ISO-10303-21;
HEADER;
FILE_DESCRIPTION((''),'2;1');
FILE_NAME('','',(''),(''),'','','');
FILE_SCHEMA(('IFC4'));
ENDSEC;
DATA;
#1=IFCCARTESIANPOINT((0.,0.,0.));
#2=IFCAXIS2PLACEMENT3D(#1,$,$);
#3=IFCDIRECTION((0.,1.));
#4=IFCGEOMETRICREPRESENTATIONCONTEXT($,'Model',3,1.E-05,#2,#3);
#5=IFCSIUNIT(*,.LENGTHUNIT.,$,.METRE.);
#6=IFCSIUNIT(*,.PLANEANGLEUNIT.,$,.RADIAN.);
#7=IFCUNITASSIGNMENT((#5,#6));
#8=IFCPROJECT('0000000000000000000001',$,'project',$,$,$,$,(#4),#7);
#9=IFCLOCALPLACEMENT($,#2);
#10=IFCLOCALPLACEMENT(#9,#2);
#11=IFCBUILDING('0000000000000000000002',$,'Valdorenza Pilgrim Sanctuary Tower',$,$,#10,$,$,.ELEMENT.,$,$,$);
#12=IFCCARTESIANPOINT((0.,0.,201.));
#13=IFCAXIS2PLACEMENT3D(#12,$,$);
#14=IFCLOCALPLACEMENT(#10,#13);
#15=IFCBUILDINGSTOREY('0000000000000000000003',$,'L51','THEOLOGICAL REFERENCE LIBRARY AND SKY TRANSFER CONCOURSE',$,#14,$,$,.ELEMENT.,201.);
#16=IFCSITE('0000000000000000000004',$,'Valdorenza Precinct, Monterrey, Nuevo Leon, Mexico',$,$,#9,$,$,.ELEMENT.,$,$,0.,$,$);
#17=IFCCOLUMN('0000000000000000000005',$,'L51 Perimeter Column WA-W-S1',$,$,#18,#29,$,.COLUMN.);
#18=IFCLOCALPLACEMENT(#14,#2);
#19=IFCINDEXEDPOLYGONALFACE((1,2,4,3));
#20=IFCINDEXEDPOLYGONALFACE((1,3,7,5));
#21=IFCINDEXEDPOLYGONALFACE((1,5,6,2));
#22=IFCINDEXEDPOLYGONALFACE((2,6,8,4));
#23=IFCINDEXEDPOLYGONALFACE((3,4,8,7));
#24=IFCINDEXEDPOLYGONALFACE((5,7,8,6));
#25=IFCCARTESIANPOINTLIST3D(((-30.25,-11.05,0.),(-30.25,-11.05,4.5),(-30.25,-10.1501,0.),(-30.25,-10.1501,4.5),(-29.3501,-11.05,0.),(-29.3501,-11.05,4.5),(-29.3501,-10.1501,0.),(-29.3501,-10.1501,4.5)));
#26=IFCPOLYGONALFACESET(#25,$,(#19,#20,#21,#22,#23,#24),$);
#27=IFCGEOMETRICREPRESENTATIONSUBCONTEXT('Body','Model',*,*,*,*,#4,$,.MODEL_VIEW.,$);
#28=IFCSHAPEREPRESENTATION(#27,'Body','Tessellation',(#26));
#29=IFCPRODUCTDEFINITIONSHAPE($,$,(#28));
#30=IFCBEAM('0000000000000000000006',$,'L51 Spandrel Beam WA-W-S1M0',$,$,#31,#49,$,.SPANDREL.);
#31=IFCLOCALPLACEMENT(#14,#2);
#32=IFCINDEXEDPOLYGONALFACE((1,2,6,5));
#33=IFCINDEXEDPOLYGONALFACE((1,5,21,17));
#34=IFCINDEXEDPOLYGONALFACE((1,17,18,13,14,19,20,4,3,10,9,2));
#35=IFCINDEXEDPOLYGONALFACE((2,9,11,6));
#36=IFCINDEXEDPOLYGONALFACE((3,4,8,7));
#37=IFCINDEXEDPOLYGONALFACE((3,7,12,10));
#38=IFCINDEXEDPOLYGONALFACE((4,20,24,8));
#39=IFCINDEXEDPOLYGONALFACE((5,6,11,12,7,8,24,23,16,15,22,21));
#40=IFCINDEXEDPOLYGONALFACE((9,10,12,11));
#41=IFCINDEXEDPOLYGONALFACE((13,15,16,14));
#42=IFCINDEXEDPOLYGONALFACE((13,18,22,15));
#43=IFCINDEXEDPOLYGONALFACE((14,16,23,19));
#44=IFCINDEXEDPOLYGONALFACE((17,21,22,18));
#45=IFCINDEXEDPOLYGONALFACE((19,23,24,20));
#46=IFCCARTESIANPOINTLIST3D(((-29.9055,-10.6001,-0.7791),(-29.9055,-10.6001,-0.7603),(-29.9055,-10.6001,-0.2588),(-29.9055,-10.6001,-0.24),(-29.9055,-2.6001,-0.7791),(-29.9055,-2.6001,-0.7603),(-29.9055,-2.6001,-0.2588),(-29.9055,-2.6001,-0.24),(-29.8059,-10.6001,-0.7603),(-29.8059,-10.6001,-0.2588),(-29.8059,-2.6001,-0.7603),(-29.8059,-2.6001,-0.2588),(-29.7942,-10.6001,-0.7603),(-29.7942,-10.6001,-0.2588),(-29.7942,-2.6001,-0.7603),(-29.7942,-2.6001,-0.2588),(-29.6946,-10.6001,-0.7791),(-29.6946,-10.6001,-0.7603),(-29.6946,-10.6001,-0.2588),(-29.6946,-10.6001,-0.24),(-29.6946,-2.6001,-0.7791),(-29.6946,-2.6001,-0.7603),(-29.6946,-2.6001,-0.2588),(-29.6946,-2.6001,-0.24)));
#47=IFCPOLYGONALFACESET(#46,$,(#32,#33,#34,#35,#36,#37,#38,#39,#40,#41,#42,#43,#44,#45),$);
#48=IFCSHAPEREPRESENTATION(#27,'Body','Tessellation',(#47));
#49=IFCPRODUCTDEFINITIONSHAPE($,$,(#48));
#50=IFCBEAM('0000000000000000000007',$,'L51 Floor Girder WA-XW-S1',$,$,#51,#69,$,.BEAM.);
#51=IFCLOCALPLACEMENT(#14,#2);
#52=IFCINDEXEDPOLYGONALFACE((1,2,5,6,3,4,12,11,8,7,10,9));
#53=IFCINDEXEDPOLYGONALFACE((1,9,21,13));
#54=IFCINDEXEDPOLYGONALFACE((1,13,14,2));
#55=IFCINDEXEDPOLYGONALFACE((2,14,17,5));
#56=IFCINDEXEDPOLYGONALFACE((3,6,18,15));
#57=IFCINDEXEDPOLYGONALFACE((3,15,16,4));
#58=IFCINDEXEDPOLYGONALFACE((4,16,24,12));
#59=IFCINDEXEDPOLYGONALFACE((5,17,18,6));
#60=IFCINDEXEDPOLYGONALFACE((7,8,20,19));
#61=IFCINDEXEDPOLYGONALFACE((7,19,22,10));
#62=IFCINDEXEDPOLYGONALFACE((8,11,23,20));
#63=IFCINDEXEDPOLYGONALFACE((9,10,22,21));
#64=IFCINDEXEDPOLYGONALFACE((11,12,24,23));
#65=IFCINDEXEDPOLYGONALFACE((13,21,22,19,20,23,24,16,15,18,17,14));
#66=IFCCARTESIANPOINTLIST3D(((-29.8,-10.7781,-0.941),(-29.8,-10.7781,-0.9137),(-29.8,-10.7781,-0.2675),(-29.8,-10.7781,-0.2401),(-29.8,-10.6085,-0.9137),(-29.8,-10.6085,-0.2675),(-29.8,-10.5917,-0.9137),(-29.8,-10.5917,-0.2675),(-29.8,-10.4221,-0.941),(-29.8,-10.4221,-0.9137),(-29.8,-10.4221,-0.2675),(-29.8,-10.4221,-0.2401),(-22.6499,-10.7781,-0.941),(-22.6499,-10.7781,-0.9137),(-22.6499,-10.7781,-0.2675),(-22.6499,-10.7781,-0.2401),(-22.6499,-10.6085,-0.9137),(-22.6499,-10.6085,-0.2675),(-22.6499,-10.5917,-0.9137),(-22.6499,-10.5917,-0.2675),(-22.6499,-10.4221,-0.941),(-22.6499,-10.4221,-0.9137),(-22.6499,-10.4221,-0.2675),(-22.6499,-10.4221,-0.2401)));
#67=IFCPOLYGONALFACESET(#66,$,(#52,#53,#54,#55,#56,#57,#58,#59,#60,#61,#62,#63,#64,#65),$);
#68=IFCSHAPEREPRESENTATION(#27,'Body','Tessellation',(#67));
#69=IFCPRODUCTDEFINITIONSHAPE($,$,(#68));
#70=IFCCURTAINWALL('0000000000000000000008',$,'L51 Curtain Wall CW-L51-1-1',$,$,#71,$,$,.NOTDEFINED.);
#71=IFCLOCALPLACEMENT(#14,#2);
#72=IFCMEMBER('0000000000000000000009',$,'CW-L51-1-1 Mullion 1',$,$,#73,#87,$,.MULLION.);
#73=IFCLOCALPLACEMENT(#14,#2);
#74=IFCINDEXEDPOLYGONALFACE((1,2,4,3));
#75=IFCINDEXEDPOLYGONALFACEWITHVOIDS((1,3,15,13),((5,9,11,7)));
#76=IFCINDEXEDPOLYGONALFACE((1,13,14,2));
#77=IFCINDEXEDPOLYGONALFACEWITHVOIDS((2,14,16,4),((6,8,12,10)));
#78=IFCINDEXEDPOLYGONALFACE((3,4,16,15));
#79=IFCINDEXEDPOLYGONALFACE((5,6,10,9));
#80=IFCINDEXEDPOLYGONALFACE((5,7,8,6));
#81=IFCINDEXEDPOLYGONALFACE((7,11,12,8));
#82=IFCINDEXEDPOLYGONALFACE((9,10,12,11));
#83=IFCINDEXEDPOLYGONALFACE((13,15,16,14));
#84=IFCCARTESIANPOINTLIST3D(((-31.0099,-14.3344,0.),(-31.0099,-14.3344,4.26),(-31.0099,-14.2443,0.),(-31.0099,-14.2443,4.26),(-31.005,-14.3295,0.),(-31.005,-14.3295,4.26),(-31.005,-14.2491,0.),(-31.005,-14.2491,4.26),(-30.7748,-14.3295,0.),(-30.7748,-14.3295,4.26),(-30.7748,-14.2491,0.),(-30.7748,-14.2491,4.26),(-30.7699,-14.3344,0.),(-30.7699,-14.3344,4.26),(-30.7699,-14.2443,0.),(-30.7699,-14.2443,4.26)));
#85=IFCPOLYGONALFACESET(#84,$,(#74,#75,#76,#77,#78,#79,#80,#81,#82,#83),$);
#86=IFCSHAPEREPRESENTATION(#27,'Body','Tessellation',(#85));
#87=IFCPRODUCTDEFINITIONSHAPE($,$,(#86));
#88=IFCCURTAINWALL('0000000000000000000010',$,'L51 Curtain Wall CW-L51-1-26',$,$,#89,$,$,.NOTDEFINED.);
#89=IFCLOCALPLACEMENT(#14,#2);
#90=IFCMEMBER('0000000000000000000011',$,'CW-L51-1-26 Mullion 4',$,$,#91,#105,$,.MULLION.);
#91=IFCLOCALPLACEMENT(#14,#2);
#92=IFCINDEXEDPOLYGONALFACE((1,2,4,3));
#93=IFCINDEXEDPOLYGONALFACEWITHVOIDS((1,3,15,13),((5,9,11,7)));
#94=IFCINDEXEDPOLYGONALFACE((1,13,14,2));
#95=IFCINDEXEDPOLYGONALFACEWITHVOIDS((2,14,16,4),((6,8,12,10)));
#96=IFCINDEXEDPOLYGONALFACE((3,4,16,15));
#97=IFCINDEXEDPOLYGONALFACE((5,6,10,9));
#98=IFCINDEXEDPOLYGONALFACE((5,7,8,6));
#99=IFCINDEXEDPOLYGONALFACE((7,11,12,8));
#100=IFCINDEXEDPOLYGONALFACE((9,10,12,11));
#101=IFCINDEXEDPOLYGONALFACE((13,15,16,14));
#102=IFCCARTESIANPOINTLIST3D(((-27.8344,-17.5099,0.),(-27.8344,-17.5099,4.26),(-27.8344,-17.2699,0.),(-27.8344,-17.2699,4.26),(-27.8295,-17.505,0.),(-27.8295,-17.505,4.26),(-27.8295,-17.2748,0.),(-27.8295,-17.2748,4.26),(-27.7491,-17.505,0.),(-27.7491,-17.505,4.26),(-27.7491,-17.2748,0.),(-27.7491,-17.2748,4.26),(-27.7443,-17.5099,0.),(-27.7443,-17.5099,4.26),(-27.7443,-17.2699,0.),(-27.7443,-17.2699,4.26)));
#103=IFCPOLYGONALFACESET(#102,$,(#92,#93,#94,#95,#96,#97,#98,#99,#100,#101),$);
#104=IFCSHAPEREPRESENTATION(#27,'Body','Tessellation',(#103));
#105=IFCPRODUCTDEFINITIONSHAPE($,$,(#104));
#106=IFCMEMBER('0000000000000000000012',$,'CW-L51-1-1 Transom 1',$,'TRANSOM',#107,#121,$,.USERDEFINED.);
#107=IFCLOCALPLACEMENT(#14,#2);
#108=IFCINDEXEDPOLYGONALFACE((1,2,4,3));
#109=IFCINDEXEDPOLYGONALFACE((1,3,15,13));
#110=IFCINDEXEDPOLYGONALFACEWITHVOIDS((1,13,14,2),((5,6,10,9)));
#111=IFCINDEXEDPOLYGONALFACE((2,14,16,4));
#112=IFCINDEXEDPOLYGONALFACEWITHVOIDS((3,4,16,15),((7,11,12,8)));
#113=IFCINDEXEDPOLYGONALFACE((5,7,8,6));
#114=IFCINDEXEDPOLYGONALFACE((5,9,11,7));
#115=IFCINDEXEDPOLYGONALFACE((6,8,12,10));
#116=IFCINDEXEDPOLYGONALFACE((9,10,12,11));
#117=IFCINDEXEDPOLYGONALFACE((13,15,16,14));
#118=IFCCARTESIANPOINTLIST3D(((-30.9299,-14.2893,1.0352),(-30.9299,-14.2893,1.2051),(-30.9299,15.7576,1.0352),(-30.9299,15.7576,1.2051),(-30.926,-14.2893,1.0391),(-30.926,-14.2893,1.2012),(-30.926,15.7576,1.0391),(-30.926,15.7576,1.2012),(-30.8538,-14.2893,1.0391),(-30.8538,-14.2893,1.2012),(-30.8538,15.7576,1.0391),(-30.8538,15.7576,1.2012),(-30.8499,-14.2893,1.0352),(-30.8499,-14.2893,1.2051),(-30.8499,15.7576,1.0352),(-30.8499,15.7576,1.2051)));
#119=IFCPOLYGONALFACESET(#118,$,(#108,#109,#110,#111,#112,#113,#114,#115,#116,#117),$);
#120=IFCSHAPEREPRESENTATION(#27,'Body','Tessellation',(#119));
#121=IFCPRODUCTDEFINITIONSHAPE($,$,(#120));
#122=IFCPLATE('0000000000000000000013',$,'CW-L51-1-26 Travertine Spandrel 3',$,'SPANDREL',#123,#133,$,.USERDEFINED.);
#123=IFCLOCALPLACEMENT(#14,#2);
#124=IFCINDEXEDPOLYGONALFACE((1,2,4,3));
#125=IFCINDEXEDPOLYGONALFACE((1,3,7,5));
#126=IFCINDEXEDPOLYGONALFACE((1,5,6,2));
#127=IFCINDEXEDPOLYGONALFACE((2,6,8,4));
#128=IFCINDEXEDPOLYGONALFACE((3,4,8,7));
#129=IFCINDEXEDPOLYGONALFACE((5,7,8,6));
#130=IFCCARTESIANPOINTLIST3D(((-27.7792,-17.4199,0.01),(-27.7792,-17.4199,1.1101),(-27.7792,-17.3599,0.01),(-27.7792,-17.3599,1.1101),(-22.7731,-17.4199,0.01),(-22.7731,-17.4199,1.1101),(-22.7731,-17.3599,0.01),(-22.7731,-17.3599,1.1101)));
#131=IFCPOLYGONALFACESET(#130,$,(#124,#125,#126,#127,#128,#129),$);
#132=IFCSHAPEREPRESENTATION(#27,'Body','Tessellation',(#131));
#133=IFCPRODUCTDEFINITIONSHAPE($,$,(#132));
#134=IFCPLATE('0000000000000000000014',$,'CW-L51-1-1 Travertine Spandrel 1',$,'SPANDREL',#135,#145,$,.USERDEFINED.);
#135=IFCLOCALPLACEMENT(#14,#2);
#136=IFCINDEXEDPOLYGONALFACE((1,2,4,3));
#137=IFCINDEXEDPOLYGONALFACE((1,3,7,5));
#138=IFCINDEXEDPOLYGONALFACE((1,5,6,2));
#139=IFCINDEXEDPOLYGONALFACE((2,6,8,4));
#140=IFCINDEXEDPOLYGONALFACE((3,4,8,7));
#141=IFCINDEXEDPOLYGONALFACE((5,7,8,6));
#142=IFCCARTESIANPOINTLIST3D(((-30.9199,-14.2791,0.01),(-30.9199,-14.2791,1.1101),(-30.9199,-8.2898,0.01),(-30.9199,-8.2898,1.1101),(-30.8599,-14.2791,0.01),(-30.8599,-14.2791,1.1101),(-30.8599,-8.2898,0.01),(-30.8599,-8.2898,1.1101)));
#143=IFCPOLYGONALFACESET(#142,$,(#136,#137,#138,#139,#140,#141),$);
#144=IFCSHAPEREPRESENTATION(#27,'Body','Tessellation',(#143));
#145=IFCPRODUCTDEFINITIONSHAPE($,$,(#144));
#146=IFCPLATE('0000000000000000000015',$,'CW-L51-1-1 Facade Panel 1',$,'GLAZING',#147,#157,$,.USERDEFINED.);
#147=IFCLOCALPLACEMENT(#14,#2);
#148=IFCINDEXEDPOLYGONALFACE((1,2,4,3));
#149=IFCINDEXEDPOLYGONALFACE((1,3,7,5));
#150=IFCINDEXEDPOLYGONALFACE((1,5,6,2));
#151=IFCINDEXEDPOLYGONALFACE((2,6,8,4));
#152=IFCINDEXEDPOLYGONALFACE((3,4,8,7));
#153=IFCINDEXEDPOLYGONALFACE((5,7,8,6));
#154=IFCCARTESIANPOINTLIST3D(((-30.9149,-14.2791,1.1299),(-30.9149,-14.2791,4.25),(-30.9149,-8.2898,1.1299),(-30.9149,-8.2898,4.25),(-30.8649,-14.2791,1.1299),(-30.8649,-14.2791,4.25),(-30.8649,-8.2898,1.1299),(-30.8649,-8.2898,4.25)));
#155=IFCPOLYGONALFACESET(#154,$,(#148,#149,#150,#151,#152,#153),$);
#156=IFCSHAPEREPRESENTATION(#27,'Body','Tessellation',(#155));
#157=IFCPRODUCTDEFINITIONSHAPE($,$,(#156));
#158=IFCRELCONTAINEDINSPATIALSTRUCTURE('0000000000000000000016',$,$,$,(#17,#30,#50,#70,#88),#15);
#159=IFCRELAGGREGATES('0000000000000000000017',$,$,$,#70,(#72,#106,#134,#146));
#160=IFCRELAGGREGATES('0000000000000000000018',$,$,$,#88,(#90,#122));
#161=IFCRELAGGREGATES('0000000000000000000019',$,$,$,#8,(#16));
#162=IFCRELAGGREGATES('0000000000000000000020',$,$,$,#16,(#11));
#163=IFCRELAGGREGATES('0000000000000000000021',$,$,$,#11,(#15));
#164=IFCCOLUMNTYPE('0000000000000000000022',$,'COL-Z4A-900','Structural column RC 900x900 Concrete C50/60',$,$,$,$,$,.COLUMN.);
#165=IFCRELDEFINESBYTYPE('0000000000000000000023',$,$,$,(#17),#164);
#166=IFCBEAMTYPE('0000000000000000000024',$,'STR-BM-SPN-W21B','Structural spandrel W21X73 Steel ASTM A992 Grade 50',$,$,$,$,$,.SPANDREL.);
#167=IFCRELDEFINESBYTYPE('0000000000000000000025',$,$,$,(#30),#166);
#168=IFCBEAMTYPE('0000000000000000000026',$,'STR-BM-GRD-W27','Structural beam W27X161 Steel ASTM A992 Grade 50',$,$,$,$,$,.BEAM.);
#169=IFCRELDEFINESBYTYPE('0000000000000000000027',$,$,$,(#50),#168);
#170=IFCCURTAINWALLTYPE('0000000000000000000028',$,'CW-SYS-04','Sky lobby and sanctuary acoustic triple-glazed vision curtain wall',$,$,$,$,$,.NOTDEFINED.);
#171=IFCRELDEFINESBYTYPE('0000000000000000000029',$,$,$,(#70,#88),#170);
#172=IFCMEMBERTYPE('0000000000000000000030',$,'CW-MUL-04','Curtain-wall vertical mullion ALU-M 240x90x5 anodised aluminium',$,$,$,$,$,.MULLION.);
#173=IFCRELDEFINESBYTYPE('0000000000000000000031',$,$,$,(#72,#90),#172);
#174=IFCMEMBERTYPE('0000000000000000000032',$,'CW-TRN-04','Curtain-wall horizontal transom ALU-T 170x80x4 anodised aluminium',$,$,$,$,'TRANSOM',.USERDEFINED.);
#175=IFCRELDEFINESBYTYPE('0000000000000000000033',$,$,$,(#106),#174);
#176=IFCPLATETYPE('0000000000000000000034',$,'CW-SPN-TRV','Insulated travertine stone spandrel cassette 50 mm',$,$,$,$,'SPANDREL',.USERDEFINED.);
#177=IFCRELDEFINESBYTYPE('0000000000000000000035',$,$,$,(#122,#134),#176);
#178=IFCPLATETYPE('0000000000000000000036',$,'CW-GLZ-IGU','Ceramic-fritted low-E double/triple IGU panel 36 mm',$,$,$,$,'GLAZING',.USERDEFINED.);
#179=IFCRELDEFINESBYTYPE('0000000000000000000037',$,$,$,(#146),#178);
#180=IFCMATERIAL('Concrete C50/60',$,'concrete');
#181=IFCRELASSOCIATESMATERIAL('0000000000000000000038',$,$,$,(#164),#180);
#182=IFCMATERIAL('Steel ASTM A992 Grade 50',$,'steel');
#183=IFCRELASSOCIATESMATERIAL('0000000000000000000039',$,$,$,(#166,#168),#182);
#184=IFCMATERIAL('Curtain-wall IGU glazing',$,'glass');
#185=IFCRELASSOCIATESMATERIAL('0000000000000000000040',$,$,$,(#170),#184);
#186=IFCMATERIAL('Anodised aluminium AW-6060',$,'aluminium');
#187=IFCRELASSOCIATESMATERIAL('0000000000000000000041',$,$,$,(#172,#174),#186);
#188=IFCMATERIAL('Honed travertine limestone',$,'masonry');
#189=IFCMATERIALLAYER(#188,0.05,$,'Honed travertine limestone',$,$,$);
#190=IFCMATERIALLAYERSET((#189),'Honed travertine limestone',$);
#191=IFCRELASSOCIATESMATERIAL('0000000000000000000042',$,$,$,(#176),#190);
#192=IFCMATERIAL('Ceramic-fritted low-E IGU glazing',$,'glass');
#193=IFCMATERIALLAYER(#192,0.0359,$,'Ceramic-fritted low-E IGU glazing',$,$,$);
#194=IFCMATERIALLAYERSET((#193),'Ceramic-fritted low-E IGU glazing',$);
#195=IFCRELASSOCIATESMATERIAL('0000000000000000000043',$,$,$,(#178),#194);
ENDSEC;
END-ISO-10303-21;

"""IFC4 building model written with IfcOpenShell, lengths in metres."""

from ifc_helpers import new_model, si_unit, direction, frame, origin, origin_2d, place, context, subcontext, project, spatial, rectangle, hollow_rectangle, i_section, extrude, source, transform, mapped, material, layer, layer_set, material_profile, profile_set, type_object, element, aggregate, save


model = new_model("IFC4")

# Units and contexts
model_context = context("Model", 3, precision=1e-05, world=origin(), true_north=direction((0.0, 1.0)))
body_context = subcontext(model_context, "Body", "Model", "MODEL_VIEW")
ifc_project = project(units=[si_unit("LENGTHUNIT", "METRE"), si_unit("PLANEANGLEUNIT", "RADIAN")], contexts=[model_context])

# Site, building, storey
site_placement = place(None, origin())
site = spatial("IfcSite", under=ifc_project, at=site_placement, Name="Valdorenza Precinct, Monterrey, Nuevo Leon, Mexico", CompositionType="ELEMENT", RefElevation=0.0)
building_placement = place(site_placement, origin())
building = spatial("IfcBuilding", under=site, at=building_placement, Name="Valdorenza Pilgrim Sanctuary Tower", CompositionType="ELEMENT")
storey_placement = place(building_placement, frame((0.0, 0.0, 201.0)))
storey = spatial("IfcBuildingStorey", under=building, at=storey_placement, Name="L51", Description="THEOLOGICAL REFERENCE LIBRARY AND SKY TRANSFER CONCOURSE", CompositionType="ELEMENT", Elevation=201.0)

# Column
ifc_material_1 = material(Name="Concrete C50/60", Category="concrete")
ifc_material_profile_1 = material_profile(ifc_material_1, rectangle(XDim=0.8999, YDim=0.8999, at=origin_2d()), Name="RC 900x900")
ifc_profile_set_1 = profile_set([ifc_material_profile_1], Name="Concrete C50/60")
column_type = type_object("IfcColumnType", Name="COL-Z4A-900", Description="Structural column RC 900x900 Concrete C50/60", PredefinedType="COLUMN", material=ifc_profile_set_1)
shared_shape_1 = source(origin(), body_context, "Body", "SweptSolid", [
    extrude(rectangle(XDim=0.8999, YDim=0.8999, at=origin_2d()), origin(), (0.0, 0.0, 1.0), 4.5),
])
column_placement = place(storey_placement, frame((-29.8, -10.6001, 0.0), z_axis=(0.0, 0.0, 1.0), x_axis=(1.0, 0.0, 0.0)))
element("IfcColumn", 1, at=column_placement, inside=storey, type_object=column_type, Name="L51 Perimeter Column WA-W-S1", PredefinedType="COLUMN", context=body_context, shape_type="MappedRepresentation", body=[
    mapped(shared_shape_1, transform((0.0, 0.0, 0.0), x_axis=(1.0, 0.0, 0.0), y_axis=(0.0, 1.0, 0.0), z_axis=(0.0, 0.0, 1.0), scale=1.0)),
])

# Beams
ifc_material_2 = material(Name="Steel ASTM A992 Grade 50", Category="steel")
ifc_material_profile_2 = material_profile(ifc_material_2, i_section(OverallWidth=0.2109, OverallDepth=0.5391, WebThickness=0.0117, FlangeThickness=0.0188, at=origin_2d()), Name="W21X73")
ifc_profile_set_2 = profile_set([ifc_material_profile_2], Name="Steel ASTM A992 Grade 50")
beam_type_1 = type_object("IfcBeamType", Name="STR-BM-SPN-W21B", Description="Structural spandrel W21X73 Steel ASTM A992 Grade 50", PredefinedType="SPANDREL", material=ifc_profile_set_2)
shared_shape_2 = source(origin(), body_context, "Body", "SweptSolid", [
    extrude(i_section(OverallWidth=0.2109, OverallDepth=0.5391, WebThickness=0.0117, FlangeThickness=0.0188, at=origin_2d()), origin(), (0.0, 0.0, 1.0), 8.0),
])
beam_1_placement = place(storey_placement, frame((-29.8, -10.6001, -0.5095), z_axis=(0.0, 1.0, 0.0), x_axis=(-1.0, 0.0, 0.0)))
element("IfcBeam", 2, at=beam_1_placement, inside=storey, type_object=beam_type_1, Name="L51 Spandrel Beam WA-W-S1M0", PredefinedType="SPANDREL", context=body_context, shape_type="MappedRepresentation", body=[
    mapped(shared_shape_2, transform((0.0, 0.0, 0.0), x_axis=(1.0, 0.0, 0.0), y_axis=(0.0, 1.0, 0.0), z_axis=(0.0, 0.0, 1.0), scale=1.0)),
])
ifc_material_profile_3 = material_profile(ifc_material_2, i_section(OverallWidth=0.356, OverallDepth=0.7009, WebThickness=0.0168, FlangeThickness=0.0273, at=origin_2d()), Name="W27X161")
ifc_profile_set_3 = profile_set([ifc_material_profile_3], Name="Steel ASTM A992 Grade 50")
beam_type_2 = type_object("IfcBeamType", Name="STR-BM-GRD-W27", Description="Structural beam W27X161 Steel ASTM A992 Grade 50", PredefinedType="BEAM", material=ifc_profile_set_3)
shared_shape_3 = source(origin(), body_context, "Body", "SweptSolid", [
    extrude(i_section(OverallWidth=0.356, OverallDepth=0.7009, WebThickness=0.0168, FlangeThickness=0.0273, at=origin_2d()), origin(), (0.0, 0.0, 1.0), 7.1501),
])
beam_2_placement = place(storey_placement, frame((-29.8, -10.6001, -0.5906), z_axis=(1.0, 0.0, 0.0), x_axis=(0.0, 1.0, 0.0)))
element("IfcBeam", 3, at=beam_2_placement, inside=storey, type_object=beam_type_2, Name="L51 Floor Girder WA-XW-S1", PredefinedType="BEAM", context=body_context, shape_type="MappedRepresentation", body=[
    mapped(shared_shape_3, transform((0.0, 0.0, 0.0), x_axis=(1.0, 0.0, 0.0), y_axis=(0.0, 1.0, 0.0), z_axis=(0.0, 0.0, 1.0), scale=1.0)),
])

# Curtain walls, members
ifc_material_3 = material(Name="Curtain-wall IGU glazing", Category="glass")
curtain_wall_type = type_object("IfcCurtainWallType", Name="CW-SYS-04", Description="Sky lobby and sanctuary acoustic triple-glazed vision curtain wall", PredefinedType="NOTDEFINED", material=ifc_material_3)
curtain_wall_1_placement = place(storey_placement, origin())
curtain_wall_1 = element("IfcCurtainWall", 4, at=curtain_wall_1_placement, inside=storey, type_object=curtain_wall_type, Name="L51 Curtain Wall CW-L51-1-1", PredefinedType="NOTDEFINED")
ifc_material_4 = material(Name="Anodised aluminium AW-6060", Category="aluminium")
ifc_material_profile_4 = material_profile(ifc_material_4, hollow_rectangle(XDim=0.0901, YDim=0.24, WallThickness=0.0049, at=origin_2d()), Name="ALU-M 240x90x5")
ifc_profile_set_4 = profile_set([ifc_material_profile_4], Name="Anodised aluminium AW-6060")
member_type_1 = type_object("IfcMemberType", Name="CW-MUL-04", Description="Curtain-wall vertical mullion ALU-M 240x90x5 anodised aluminium", PredefinedType="MULLION", material=ifc_profile_set_4)
shared_shape_4 = source(origin(), body_context, "Body", "SweptSolid", [
    extrude(hollow_rectangle(XDim=0.0901, YDim=0.24, WallThickness=0.0049, at=origin_2d()), origin(), (0.0, 0.0, 1.0), 4.26),
])
member_1_placement = place(storey_placement, frame((-30.8899, -14.2893, 0.0), z_axis=(0.0, 0.0, 1.0), x_axis=(0.0, 1.0, 0.0)))
member_1 = element("IfcMember", 5, at=member_1_placement, type_object=member_type_1, Name="CW-L51-1-1 Mullion 1", PredefinedType="MULLION", context=body_context, shape_type="MappedRepresentation", body=[
    mapped(shared_shape_4, transform((0.0, 0.0, 0.0), x_axis=(1.0, 0.0, 0.0), y_axis=(0.0, 1.0, 0.0), z_axis=(0.0, 0.0, 1.0), scale=1.0)),
])
curtain_wall_2_placement = place(storey_placement, origin())
curtain_wall_2 = element("IfcCurtainWall", 6, at=curtain_wall_2_placement, inside=storey, type_object=curtain_wall_type, Name="L51 Curtain Wall CW-L51-1-26", PredefinedType="NOTDEFINED")
member_2_placement = place(storey_placement, frame((-27.7893, -17.3899, 0.0), z_axis=(0.0, 0.0, 1.0), x_axis=(-1.0, 0.0, 0.0)))
member_2 = element("IfcMember", 7, at=member_2_placement, type_object=member_type_1, Name="CW-L51-1-26 Mullion 4", PredefinedType="MULLION", context=body_context, shape_type="MappedRepresentation", body=[
    mapped(shared_shape_4, transform((0.0, 0.0, 0.0), x_axis=(1.0, 0.0, 0.0), y_axis=(0.0, 1.0, 0.0), z_axis=(0.0, 0.0, 1.0), scale=1.0)),
])

# Member
ifc_material_profile_5 = material_profile(ifc_material_4, hollow_rectangle(XDim=0.0801, YDim=0.1699, WallThickness=0.0039, at=origin_2d()), Name="ALU-T 170x80x4")
ifc_profile_set_5 = profile_set([ifc_material_profile_5], Name="Anodised aluminium AW-6060")
member_type_2 = type_object("IfcMemberType", Name="CW-TRN-04", Description="Curtain-wall horizontal transom ALU-T 170x80x4 anodised aluminium", ElementType="TRANSOM", PredefinedType="USERDEFINED", material=ifc_profile_set_5)
shared_shape_5 = source(origin(), body_context, "Body", "SweptSolid", [
    extrude(hollow_rectangle(XDim=0.0801, YDim=0.1699, WallThickness=0.0039, at=origin_2d()), origin(), (0.0, 0.0, 1.0), 30.0469),
])
member_3_placement = place(storey_placement, frame((-30.8899, -14.2893, 1.1201), z_axis=(0.0, 1.0, 0.0), x_axis=(-1.0, 0.0, 0.0)))
member_3 = element("IfcMember", 8, at=member_3_placement, type_object=member_type_2, Name="CW-L51-1-1 Transom 1", ObjectType="TRANSOM", PredefinedType="USERDEFINED", context=body_context, shape_type="MappedRepresentation", body=[
    mapped(shared_shape_5, transform((0.0, 0.0, 0.0), x_axis=(1.0, 0.0, 0.0), y_axis=(0.0, 1.0, 0.0), z_axis=(0.0, 0.0, 1.0), scale=1.0)),
])

# Plates
ifc_material_5 = material(Name="Honed travertine limestone", Category="masonry")
ifc_layer_1 = layer(ifc_material_5, 0.05, Name="Honed travertine limestone")
ifc_layer_set_1 = layer_set([ifc_layer_1], Name="Honed travertine limestone")
plate_type_1 = type_object("IfcPlateType", Name="CW-SPN-TRV", Description="Insulated travertine stone spandrel cassette 50 mm", ElementType="SPANDREL", PredefinedType="USERDEFINED", material=ifc_layer_set_1)
shared_shape_6 = source(origin(), body_context, "Body", "SweptSolid", [
    extrude(rectangle(XDim=5.0061, YDim=0.0601, at=origin_2d()), origin(), (0.0, 0.0, 1.0), 1.1001),
])
plate_1_placement = place(storey_placement, frame((-25.2761, -17.3899, 0.01), z_axis=(0.0, 0.0, 1.0), x_axis=(-1.0, 0.0, 0.0)))
plate_1 = element("IfcPlate", 9, at=plate_1_placement, type_object=plate_type_1, Name="CW-L51-1-26 Travertine Spandrel 3", ObjectType="SPANDREL", PredefinedType="USERDEFINED", context=body_context, shape_type="MappedRepresentation", body=[
    mapped(shared_shape_6, transform((0.0, 0.0, 0.0), x_axis=(1.0, 0.0, 0.0), y_axis=(0.0, 1.0, 0.0), z_axis=(0.0, 0.0, 1.0), scale=1.0)),
])
shared_shape_7 = source(origin(), body_context, "Body", "SweptSolid", [
    extrude(rectangle(XDim=5.9893, YDim=0.0601, at=origin_2d()), origin(), (0.0, 0.0, 1.0), 1.1001),
])
plate_2_placement = place(storey_placement, frame((-30.8899, -11.2844, 0.01), z_axis=(0.0, 0.0, 1.0), x_axis=(0.0, 1.0, 0.0)))
plate_2 = element("IfcPlate", 10, at=plate_2_placement, type_object=plate_type_1, Name="CW-L51-1-1 Travertine Spandrel 1", ObjectType="SPANDREL", PredefinedType="USERDEFINED", context=body_context, shape_type="MappedRepresentation", body=[
    mapped(shared_shape_7, transform((0.0, 0.0, 0.0), x_axis=(1.0, 0.0, 0.0), y_axis=(0.0, 1.0, 0.0), z_axis=(0.0, 0.0, 1.0), scale=1.0)),
])
ifc_material_6 = material(Name="Ceramic-fritted low-E IGU glazing", Category="glass")
ifc_layer_2 = layer(ifc_material_6, 0.0359, Name="Ceramic-fritted low-E IGU glazing")
ifc_layer_set_2 = layer_set([ifc_layer_2], Name="Ceramic-fritted low-E IGU glazing")
plate_type_2 = type_object("IfcPlateType", Name="CW-GLZ-IGU", Description="Ceramic-fritted low-E double/triple IGU panel 36 mm", ElementType="GLAZING", PredefinedType="USERDEFINED", material=ifc_layer_set_2)
shared_shape_8 = source(origin(), body_context, "Body", "SweptSolid", [
    extrude(rectangle(XDim=5.9893, YDim=0.05, at=origin_2d()), origin(), (0.0, 0.0, 1.0), 3.1201),
])
plate_3_placement = place(storey_placement, frame((-30.8899, -11.2844, 1.1299), z_axis=(0.0, 0.0, 1.0), x_axis=(0.0, 1.0, 0.0)))
plate_3 = element("IfcPlate", 11, at=plate_3_placement, type_object=plate_type_2, Name="CW-L51-1-1 Facade Panel 1", ObjectType="GLAZING", PredefinedType="USERDEFINED", context=body_context, shape_type="MappedRepresentation", body=[
    mapped(shared_shape_8, transform((0.0, 0.0, 0.0), x_axis=(1.0, 0.0, 0.0), y_axis=(0.0, 1.0, 0.0), z_axis=(0.0, 0.0, 1.0), scale=1.0)),
])
aggregate(curtain_wall_1, [member_1, member_3, plate_2, plate_3])
aggregate(curtain_wall_2, [member_2, plate_1])

save(model, "model.ifc")
